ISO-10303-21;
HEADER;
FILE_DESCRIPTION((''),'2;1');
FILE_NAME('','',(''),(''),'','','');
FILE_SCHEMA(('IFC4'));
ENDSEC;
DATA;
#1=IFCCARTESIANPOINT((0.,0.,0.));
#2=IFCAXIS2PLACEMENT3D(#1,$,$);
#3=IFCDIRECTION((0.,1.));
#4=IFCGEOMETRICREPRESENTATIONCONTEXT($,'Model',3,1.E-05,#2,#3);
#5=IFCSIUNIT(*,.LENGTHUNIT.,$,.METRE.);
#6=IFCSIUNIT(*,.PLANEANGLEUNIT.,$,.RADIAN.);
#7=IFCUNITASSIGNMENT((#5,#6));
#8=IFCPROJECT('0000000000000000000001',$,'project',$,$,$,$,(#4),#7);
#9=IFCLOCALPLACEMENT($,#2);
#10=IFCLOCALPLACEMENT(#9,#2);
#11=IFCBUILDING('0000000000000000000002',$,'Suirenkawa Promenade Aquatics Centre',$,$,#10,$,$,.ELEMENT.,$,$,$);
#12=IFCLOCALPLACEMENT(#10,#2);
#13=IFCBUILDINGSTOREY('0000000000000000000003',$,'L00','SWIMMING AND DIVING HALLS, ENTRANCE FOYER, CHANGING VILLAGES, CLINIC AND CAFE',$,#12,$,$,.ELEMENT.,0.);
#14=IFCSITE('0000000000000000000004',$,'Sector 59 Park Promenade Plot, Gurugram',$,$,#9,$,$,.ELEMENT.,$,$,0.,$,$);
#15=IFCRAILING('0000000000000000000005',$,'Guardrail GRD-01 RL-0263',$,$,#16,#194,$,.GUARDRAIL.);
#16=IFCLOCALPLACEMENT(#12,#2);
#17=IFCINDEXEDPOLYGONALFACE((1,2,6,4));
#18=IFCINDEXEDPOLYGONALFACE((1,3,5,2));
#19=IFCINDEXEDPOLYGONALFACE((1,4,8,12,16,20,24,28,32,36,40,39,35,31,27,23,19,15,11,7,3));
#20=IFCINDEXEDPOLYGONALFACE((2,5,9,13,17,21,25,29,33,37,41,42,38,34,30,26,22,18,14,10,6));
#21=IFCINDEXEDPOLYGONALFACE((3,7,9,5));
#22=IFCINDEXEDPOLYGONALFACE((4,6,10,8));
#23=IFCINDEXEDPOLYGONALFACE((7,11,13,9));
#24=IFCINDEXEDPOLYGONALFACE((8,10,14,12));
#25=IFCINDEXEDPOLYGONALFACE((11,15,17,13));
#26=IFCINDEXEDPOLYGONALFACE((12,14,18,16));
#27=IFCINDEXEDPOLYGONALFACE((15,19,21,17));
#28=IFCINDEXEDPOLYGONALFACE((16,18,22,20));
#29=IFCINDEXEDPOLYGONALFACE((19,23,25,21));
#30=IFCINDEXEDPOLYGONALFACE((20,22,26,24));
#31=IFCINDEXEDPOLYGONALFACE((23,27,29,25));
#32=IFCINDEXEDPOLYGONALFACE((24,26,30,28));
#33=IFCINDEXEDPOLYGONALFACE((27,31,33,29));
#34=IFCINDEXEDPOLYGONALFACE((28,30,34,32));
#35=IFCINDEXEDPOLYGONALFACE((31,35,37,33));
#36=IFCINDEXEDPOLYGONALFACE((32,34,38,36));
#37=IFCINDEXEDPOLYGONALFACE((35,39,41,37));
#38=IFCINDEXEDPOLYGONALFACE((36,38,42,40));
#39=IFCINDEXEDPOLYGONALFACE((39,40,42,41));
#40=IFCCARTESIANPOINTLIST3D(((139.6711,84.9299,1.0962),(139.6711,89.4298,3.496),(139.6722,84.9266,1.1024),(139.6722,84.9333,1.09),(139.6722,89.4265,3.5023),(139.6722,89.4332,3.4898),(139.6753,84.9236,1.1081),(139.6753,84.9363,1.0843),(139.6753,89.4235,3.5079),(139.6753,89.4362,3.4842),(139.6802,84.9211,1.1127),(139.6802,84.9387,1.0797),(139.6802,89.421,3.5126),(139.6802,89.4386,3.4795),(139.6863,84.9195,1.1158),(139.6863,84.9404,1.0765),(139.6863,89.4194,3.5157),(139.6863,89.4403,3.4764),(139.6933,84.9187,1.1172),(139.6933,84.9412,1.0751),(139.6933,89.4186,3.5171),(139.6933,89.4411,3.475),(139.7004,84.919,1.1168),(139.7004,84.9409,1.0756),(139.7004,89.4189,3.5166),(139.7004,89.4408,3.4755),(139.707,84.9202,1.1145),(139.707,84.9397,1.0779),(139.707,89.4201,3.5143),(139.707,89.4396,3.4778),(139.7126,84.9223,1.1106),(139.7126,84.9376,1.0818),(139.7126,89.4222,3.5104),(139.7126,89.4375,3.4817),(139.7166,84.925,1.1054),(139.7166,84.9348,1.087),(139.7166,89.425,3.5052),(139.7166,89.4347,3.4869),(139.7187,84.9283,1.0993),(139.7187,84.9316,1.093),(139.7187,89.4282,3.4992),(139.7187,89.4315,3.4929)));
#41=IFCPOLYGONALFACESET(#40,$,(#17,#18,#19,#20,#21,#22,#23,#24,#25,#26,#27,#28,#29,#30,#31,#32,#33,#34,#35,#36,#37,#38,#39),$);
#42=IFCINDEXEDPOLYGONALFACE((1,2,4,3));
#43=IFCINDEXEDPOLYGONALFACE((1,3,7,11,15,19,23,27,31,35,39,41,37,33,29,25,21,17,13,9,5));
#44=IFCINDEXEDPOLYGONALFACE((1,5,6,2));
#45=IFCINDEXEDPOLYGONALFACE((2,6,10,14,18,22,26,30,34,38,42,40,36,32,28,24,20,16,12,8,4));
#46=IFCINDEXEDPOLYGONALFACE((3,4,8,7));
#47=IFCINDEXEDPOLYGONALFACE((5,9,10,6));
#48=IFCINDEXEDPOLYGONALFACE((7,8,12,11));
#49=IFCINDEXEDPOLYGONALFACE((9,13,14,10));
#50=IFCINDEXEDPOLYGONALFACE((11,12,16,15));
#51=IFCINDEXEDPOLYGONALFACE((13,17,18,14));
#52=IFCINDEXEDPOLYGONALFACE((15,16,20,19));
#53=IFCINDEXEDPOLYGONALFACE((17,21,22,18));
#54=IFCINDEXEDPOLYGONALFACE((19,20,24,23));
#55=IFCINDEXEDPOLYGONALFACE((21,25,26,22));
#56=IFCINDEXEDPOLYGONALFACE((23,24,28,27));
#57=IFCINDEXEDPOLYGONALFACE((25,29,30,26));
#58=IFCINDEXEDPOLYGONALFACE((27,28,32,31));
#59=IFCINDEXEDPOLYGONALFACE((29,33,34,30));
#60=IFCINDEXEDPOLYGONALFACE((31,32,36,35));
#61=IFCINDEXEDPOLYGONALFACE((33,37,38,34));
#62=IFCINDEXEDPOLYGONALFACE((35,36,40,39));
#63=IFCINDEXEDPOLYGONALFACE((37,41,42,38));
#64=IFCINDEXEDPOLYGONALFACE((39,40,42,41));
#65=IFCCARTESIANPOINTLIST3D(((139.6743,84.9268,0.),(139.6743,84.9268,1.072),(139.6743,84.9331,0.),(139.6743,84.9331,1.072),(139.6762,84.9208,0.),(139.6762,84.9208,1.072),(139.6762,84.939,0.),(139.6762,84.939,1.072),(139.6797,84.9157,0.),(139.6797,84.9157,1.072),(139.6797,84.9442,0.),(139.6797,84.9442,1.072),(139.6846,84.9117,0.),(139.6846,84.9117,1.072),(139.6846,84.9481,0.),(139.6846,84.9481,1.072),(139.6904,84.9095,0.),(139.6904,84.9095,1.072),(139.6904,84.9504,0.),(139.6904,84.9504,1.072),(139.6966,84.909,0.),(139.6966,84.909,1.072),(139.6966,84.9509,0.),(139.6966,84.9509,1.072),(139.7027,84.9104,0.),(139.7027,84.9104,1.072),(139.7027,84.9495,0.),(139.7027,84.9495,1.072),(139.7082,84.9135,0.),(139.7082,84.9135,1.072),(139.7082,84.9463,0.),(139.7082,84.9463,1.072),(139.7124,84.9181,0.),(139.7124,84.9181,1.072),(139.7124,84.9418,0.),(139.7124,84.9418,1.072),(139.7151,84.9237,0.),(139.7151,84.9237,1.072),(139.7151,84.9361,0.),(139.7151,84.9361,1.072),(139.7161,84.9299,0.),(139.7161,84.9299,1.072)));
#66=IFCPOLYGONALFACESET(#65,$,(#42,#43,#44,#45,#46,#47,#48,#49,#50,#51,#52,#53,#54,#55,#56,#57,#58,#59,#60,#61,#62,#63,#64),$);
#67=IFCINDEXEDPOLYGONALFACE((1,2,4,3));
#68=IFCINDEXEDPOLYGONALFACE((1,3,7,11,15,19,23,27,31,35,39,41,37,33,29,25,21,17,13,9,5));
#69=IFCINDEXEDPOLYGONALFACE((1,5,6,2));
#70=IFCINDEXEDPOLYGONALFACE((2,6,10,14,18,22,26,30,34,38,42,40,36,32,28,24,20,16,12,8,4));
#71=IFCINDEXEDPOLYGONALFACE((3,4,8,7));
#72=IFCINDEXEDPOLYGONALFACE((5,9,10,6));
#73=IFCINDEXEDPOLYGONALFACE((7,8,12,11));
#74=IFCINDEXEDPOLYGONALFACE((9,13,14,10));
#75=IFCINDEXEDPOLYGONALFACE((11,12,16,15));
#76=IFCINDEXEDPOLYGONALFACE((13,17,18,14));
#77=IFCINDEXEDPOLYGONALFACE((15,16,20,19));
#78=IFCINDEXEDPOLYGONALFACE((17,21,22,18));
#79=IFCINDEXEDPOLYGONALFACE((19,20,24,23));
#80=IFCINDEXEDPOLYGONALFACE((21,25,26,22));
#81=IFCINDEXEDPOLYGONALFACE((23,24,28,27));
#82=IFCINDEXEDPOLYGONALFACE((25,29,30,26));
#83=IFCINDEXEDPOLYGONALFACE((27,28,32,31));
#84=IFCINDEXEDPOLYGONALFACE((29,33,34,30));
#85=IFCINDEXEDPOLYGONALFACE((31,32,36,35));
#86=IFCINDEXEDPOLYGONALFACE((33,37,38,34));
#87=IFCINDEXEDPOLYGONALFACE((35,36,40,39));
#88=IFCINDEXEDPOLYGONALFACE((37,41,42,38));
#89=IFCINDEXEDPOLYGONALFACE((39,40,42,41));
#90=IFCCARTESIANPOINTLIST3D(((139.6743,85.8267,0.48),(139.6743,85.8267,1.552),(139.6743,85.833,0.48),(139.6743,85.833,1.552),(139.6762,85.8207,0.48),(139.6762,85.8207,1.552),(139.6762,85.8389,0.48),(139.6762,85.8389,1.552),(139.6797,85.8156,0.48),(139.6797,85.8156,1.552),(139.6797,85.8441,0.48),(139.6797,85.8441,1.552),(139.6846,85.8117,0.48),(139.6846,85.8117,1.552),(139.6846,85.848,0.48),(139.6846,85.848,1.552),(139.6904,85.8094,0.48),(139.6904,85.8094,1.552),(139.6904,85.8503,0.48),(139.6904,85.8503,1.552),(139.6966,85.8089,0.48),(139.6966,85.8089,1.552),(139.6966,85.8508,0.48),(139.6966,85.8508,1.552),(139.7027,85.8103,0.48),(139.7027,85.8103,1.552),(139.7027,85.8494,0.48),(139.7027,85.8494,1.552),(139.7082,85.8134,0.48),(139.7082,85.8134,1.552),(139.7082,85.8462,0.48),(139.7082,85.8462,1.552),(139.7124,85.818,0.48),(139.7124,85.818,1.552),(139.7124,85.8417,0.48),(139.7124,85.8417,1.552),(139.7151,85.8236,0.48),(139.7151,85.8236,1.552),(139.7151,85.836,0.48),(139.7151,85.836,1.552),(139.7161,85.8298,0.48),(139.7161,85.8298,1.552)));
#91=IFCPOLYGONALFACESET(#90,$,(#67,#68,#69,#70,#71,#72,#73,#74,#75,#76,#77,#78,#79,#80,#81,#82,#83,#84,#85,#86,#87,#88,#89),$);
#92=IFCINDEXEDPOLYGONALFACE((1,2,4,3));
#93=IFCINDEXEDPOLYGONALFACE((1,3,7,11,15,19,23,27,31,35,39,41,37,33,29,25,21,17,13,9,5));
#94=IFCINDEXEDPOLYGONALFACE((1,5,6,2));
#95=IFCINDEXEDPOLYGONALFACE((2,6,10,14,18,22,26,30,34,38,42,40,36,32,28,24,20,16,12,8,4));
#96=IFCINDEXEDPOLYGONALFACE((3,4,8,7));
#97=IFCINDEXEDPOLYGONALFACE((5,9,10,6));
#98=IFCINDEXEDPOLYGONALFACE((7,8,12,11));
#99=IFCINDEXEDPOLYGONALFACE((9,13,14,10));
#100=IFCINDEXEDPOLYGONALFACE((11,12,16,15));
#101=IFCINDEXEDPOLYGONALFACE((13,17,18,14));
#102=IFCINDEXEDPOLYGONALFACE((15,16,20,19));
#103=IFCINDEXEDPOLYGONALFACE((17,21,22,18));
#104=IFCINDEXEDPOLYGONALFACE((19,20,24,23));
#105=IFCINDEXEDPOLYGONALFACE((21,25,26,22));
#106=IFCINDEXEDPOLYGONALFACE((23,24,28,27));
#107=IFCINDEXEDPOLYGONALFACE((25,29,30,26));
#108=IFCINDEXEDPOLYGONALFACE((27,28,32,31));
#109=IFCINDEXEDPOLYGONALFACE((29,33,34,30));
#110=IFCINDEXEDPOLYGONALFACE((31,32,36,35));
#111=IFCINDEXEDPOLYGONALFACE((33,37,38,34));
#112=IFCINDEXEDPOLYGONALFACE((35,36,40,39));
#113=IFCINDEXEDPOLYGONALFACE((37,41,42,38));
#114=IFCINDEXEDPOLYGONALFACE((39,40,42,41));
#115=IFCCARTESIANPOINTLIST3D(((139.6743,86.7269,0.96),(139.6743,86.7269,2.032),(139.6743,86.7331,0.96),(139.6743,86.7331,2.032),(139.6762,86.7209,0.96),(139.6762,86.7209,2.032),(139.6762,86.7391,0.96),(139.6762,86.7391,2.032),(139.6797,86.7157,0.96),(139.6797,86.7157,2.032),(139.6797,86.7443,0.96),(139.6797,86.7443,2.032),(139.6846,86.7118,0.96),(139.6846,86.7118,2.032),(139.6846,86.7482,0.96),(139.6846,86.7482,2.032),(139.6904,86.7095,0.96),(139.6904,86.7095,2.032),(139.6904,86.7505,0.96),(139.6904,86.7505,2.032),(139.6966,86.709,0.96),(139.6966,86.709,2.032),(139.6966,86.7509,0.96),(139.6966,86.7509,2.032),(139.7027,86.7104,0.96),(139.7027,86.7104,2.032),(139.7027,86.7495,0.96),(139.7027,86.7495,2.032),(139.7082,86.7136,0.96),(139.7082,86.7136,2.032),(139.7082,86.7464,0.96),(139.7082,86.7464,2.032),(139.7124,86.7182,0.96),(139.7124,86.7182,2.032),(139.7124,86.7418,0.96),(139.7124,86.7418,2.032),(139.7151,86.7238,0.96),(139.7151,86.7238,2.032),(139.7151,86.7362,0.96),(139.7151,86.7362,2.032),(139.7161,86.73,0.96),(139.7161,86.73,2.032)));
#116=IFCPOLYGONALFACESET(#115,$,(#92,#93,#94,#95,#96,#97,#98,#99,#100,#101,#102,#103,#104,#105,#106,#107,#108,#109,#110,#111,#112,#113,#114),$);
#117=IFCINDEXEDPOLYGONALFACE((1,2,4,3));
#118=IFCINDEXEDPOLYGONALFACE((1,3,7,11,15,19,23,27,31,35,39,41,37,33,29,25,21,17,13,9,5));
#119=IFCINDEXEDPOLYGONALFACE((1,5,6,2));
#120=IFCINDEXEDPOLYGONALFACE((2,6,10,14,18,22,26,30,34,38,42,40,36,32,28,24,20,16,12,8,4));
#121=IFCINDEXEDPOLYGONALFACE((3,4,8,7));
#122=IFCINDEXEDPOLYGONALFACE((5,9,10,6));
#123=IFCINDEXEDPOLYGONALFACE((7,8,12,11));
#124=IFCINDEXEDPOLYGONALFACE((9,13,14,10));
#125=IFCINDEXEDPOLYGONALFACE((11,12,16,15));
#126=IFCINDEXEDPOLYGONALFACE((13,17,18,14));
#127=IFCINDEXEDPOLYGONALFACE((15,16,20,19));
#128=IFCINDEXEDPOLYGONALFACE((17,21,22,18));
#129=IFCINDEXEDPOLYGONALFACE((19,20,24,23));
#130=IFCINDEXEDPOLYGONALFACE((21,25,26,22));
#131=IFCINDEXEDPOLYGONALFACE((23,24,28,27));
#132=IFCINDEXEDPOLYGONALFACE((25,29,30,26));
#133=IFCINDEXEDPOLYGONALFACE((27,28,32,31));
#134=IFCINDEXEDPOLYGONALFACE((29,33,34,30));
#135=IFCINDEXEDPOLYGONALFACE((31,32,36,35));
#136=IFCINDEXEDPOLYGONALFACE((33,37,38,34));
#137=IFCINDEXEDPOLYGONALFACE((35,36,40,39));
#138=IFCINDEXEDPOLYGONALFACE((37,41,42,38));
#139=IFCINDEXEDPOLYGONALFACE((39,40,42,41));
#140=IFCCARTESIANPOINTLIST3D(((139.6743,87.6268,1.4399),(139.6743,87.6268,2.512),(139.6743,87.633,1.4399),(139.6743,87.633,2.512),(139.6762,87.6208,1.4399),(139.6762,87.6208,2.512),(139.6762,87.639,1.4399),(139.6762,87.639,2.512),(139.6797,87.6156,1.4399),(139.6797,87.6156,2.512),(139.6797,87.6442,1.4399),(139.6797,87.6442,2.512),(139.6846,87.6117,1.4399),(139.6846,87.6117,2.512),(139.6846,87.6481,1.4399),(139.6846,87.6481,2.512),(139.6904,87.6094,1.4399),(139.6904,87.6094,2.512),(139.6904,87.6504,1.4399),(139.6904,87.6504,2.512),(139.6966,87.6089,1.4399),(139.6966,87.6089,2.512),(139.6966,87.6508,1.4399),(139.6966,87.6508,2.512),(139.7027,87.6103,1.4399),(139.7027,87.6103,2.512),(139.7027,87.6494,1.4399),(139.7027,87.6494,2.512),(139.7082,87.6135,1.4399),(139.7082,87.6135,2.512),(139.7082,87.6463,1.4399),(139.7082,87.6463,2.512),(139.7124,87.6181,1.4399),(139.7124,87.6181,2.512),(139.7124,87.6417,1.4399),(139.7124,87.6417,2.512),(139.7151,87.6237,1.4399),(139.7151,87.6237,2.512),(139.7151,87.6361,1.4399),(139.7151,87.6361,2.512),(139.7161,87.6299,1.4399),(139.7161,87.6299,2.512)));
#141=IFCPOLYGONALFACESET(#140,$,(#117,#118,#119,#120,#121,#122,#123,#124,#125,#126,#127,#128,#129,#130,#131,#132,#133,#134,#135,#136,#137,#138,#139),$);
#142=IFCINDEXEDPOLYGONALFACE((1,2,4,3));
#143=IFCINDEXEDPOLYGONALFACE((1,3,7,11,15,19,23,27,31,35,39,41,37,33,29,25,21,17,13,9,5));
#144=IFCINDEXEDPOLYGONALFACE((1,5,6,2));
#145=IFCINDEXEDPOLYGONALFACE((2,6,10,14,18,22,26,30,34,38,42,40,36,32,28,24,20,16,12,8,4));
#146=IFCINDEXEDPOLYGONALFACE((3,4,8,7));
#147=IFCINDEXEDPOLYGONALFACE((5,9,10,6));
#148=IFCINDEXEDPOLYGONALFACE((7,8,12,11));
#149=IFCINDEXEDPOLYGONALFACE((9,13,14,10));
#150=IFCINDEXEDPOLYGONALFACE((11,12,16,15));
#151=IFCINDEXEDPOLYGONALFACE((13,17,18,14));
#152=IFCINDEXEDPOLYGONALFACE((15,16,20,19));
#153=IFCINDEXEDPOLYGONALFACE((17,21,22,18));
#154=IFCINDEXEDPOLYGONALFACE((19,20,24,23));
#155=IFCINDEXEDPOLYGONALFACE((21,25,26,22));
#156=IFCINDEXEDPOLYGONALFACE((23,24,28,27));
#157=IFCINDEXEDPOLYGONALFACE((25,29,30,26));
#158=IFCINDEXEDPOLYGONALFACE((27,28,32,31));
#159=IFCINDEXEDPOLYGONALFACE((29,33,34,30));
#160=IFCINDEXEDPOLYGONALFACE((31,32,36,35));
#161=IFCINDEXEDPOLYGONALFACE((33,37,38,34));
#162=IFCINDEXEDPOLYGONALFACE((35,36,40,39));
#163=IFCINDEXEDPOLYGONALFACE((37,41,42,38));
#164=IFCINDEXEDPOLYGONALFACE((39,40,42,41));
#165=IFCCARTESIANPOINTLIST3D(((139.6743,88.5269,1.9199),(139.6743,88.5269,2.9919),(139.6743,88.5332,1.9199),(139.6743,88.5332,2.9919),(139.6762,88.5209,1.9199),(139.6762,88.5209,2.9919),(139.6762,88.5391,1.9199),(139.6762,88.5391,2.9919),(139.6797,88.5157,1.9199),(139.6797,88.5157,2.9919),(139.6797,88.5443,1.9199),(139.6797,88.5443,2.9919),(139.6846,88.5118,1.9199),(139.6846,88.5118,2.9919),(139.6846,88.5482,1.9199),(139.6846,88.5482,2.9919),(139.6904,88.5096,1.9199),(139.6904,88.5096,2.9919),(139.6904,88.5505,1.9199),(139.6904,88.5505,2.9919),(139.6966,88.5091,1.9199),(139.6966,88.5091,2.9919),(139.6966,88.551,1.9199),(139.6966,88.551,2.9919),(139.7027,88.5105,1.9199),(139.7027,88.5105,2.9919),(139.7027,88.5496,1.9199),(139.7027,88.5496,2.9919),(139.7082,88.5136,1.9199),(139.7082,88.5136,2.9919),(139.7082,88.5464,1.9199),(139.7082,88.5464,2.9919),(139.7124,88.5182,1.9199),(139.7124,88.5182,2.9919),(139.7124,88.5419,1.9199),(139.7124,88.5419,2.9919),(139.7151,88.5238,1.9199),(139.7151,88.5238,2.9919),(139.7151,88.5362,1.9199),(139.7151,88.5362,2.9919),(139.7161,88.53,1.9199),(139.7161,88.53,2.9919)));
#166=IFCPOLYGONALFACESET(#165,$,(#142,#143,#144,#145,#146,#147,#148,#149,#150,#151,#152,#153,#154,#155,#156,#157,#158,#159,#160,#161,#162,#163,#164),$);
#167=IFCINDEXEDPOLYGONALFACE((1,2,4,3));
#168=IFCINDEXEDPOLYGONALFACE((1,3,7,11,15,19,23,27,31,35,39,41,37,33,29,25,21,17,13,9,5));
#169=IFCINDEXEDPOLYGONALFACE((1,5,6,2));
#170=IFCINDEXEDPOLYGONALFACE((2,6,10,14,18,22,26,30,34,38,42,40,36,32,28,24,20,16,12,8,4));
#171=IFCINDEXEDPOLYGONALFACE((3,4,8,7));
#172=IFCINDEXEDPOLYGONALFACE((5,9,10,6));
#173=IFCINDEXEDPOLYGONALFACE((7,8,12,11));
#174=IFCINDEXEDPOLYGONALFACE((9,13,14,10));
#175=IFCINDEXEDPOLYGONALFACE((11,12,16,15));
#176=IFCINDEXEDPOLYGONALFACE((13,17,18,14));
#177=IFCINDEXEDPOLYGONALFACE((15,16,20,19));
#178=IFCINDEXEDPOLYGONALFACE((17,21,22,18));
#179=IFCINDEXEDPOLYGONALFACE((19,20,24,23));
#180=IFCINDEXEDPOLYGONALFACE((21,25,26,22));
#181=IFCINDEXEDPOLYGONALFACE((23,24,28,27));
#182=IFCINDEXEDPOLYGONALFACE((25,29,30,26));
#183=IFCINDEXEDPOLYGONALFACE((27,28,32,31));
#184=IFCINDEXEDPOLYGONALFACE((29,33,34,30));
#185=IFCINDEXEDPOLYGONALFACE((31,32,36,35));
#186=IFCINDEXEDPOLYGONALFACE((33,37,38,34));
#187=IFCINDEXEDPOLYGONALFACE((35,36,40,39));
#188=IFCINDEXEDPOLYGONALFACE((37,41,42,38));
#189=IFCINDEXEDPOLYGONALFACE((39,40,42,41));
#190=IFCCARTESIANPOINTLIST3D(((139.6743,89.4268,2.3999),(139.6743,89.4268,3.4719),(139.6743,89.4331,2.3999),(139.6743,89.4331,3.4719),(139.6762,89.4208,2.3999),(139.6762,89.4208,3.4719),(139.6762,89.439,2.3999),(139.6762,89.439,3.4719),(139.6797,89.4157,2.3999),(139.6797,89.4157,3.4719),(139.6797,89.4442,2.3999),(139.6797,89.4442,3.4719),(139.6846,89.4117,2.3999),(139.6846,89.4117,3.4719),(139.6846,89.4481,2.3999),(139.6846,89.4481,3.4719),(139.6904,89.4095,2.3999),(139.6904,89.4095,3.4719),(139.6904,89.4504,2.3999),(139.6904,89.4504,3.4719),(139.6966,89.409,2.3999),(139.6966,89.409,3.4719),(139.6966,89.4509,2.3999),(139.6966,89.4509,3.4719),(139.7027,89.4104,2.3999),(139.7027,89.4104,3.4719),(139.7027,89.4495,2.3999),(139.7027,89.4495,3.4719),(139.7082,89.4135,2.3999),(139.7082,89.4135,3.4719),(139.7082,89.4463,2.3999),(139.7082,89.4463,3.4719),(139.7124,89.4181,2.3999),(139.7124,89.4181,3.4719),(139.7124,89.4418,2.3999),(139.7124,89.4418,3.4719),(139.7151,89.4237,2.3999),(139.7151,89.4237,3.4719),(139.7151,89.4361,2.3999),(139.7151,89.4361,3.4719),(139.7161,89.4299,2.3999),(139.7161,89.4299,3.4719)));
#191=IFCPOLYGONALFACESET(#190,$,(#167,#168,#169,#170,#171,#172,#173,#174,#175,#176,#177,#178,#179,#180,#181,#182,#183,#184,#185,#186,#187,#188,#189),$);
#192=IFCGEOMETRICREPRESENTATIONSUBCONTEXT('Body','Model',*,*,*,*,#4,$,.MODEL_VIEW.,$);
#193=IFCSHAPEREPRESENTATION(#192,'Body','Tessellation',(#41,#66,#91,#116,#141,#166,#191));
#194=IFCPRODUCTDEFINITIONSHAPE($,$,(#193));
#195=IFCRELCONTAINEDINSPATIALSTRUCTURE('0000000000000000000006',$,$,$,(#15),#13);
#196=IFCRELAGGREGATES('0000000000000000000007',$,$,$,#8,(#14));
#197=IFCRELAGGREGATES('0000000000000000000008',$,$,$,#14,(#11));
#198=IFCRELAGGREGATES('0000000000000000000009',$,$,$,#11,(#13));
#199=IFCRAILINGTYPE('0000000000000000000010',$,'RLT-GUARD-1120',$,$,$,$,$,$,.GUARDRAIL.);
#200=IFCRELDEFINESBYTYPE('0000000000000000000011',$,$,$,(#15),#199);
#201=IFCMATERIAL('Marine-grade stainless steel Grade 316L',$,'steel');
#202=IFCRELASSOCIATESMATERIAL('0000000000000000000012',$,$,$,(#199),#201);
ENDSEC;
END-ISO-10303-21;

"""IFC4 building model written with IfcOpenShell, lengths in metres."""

from ifc_helpers import new_model, si_unit, direction, frame, origin, origin_2d, place, context, subcontext, project, spatial, circle, extrude, material, type_object, element, save


model = new_model("IFC4")

# Units and contexts
model_context = context("Model", 3, precision=1e-05, world=origin(), true_north=direction((0.0, 1.0)))
body_context = subcontext(model_context, "Body", "Model", "MODEL_VIEW")
ifc_project = project(units=[si_unit("LENGTHUNIT", "METRE"), si_unit("PLANEANGLEUNIT", "RADIAN")], contexts=[model_context])

# Site, building, storey
site_placement = place(None, origin())
site = spatial("IfcSite", under=ifc_project, at=site_placement, Name="Sector 59 Park Promenade Plot, Gurugram", CompositionType="ELEMENT", RefElevation=0.0)
building_placement = place(site_placement, origin())
building = spatial("IfcBuilding", under=site, at=building_placement, Name="Suirenkawa Promenade Aquatics Centre", CompositionType="ELEMENT")
storey_placement = place(building_placement, origin())
storey = spatial("IfcBuildingStorey", under=building, at=storey_placement, Name="L00", Description="SWIMMING AND DIVING HALLS, ENTRANCE FOYER, CHANGING VILLAGES, CLINIC AND CAFE", CompositionType="ELEMENT", Elevation=0.0)

# Railing
ifc_material_1 = material(Name="Marine-grade stainless steel Grade 316L", Category="steel")
railing_type_1 = type_object("IfcRailingType", Name="RLT-GUARD-1120", PredefinedType="GUARDRAIL", material=ifc_material_1)
for number, where, name in (
    (1, (139.6951, 84.9299, 0.0), "Guardrail GRD-01 RL-0263"),
):
    element("IfcRailing", number, at=place(storey_placement, frame(where)), inside=storey, type_object=railing_type_1, Name=name, PredefinedType="GUARDRAIL", context=body_context, shape_type="SweptSolid", body=[
        extrude(circle(Radius=0.0239, at=origin_2d()), frame((0.0, 0.0, 1.0962), z_axis=(0.0, 0.882361, 0.470573), x_axis=(-1.0, 0.0, 0.0)), (0.0, 0.0, 1.0), 5.0999),
        extrude(circle(Radius=0.021, at=origin_2d()), origin(), (0.0, 0.0, 1.0), 1.072),
        extrude(circle(Radius=0.021, at=origin_2d()), frame((0.0, 0.8999, 0.48)), (0.0, 0.0, 1.0), 1.072),
        extrude(circle(Radius=0.021, at=origin_2d()), frame((0.0, 1.8, 0.96)), (0.0, 0.0, 1.0), 1.072),
        extrude(circle(Radius=0.021, at=origin_2d()), frame((0.0, 2.7, 1.4399)), (0.0, 0.0, 1.0), 1.072),
        extrude(circle(Radius=0.021, at=origin_2d()), frame((0.0, 3.6001, 1.9199)), (0.0, 0.0, 1.0), 1.072),
        extrude(circle(Radius=0.021, at=origin_2d()), frame((0.0, 4.5, 2.3999)), (0.0, 0.0, 1.0), 1.072),
    ])

save(model, "model.ifc")
